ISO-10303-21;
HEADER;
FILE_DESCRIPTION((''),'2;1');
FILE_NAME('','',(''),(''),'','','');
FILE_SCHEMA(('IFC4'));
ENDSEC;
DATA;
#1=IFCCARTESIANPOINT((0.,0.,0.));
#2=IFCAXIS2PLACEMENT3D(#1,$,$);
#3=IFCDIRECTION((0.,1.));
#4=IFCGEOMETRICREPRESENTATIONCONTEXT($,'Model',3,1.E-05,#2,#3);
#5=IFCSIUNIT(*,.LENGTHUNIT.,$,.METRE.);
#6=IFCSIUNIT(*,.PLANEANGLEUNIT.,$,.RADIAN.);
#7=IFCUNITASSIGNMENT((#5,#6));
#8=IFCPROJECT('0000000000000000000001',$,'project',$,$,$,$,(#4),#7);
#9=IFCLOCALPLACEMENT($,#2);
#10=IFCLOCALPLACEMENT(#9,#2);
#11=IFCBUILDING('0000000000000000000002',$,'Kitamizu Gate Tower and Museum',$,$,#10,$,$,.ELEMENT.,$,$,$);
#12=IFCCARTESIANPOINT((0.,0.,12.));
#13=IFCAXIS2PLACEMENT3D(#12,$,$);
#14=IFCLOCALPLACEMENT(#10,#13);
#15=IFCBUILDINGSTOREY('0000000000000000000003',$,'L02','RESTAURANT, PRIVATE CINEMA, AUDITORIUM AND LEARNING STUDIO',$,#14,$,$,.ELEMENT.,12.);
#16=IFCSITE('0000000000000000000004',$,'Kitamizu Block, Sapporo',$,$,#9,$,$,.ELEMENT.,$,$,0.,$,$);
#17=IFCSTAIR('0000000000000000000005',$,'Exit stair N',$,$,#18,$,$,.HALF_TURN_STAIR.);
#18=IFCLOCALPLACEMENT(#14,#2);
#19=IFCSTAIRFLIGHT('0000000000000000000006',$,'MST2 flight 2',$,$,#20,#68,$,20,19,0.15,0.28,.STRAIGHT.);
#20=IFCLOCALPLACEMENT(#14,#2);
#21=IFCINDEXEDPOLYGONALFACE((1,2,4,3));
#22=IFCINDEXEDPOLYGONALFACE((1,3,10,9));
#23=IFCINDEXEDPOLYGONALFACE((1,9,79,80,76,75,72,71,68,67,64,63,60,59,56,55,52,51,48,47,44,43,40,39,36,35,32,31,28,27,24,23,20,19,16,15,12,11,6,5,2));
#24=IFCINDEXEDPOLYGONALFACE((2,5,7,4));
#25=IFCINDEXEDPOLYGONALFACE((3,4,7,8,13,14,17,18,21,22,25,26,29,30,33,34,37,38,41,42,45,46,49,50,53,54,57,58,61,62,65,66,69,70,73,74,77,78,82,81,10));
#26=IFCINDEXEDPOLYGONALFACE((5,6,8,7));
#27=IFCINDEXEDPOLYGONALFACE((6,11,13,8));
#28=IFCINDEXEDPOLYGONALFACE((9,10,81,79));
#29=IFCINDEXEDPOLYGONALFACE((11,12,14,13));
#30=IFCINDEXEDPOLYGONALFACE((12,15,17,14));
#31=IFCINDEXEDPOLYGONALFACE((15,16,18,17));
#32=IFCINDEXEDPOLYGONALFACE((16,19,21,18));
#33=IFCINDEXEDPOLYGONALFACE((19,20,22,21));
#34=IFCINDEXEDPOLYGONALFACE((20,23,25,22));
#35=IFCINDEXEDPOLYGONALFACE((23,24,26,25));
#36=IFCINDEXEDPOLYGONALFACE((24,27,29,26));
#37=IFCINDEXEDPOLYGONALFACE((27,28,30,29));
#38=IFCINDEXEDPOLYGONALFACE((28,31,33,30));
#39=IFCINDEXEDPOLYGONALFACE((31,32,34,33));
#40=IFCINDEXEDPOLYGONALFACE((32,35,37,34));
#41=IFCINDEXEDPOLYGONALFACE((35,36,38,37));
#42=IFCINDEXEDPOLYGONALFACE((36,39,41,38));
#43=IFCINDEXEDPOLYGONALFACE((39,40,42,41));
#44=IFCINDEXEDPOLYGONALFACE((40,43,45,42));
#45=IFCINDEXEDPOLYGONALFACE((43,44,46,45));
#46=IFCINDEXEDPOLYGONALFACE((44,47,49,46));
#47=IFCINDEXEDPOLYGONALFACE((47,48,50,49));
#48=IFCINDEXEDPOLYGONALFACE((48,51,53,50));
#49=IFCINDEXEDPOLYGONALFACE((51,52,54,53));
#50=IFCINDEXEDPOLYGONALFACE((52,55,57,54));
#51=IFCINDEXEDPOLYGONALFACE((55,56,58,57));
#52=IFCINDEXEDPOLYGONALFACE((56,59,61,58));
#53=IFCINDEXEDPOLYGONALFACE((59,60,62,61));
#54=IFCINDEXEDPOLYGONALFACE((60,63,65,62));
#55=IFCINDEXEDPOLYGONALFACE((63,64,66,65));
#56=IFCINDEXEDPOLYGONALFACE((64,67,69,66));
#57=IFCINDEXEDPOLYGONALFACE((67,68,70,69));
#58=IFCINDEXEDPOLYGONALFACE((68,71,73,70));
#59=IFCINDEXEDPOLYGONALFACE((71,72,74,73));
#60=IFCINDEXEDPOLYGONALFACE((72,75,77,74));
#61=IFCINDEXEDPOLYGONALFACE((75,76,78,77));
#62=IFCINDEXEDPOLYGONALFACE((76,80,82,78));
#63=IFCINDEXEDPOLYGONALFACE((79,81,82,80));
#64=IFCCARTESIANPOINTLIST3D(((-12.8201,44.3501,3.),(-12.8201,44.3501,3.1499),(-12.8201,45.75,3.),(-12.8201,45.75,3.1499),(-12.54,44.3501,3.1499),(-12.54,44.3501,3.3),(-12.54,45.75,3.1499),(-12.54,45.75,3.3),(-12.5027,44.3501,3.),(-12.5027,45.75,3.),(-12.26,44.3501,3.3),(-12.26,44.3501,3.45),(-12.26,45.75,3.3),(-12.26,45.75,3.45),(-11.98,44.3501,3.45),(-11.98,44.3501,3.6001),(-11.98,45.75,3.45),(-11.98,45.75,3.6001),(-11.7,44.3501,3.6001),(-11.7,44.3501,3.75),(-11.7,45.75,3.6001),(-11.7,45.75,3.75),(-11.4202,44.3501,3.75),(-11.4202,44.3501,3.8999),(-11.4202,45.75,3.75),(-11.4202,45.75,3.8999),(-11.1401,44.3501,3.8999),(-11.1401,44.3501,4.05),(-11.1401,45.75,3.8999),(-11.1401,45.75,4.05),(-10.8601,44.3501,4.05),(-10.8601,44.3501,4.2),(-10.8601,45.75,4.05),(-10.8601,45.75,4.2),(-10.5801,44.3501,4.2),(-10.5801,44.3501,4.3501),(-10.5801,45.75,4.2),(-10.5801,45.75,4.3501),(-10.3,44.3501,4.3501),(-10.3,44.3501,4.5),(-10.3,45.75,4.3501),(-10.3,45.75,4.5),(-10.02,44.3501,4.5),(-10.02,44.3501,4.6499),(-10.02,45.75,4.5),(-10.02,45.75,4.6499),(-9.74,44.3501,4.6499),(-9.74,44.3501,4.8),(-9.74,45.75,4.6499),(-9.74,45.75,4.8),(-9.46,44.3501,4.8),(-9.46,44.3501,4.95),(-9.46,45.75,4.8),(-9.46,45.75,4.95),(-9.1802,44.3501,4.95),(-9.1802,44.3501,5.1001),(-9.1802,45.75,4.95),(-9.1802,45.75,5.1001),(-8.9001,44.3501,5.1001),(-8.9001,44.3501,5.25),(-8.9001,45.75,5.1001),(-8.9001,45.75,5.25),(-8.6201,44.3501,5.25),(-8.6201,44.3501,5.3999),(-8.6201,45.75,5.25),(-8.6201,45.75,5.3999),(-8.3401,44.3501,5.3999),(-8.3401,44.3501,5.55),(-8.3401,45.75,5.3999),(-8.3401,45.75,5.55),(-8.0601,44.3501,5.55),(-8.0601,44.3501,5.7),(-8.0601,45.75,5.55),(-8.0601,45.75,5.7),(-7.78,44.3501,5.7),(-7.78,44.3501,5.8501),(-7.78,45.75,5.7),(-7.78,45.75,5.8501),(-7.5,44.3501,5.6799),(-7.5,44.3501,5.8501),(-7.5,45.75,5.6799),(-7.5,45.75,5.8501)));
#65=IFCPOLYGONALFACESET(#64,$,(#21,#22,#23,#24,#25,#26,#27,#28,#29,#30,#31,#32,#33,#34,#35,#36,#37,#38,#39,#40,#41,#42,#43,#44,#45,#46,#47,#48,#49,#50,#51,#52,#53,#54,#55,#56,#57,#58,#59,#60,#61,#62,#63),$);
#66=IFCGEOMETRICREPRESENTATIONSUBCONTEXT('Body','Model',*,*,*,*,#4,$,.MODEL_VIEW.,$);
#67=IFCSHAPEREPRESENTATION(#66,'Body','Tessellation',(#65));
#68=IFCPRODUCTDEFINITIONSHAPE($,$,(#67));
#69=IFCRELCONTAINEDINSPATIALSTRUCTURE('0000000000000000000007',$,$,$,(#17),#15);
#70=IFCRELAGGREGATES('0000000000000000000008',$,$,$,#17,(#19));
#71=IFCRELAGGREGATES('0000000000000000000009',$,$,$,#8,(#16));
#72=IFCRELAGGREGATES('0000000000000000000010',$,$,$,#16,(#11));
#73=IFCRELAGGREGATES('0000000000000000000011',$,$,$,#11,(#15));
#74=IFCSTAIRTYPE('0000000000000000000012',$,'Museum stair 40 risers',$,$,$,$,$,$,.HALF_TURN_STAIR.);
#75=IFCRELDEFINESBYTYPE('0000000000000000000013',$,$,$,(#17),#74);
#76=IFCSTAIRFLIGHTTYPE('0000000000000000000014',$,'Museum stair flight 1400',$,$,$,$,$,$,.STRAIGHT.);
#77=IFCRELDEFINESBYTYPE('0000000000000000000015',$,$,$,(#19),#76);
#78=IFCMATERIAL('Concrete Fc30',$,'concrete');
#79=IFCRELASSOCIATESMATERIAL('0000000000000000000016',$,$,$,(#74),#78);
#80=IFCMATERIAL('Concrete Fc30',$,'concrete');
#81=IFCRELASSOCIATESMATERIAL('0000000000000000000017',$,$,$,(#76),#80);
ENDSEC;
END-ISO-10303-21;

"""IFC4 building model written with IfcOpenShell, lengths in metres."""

from ifc_helpers import new_model, si_unit, direction, frame, origin, place, context, subcontext, project, spatial, polyline, outline, extrude, material, type_object, element, aggregate, save


model = new_model("IFC4")

# Units and contexts
model_context = context("Model", 3, precision=1e-05, world=origin(), true_north=direction((0.0, 1.0)))
body_context = subcontext(model_context, "Body", "Model", "MODEL_VIEW")
ifc_project = project(units=[si_unit("LENGTHUNIT", "METRE"), si_unit("PLANEANGLEUNIT", "RADIAN")], contexts=[model_context])

# Site, building, storey
site_placement = place(None, origin())
site = spatial("IfcSite", under=ifc_project, at=site_placement, Name="Kitamizu Block, Sapporo", CompositionType="ELEMENT", RefElevation=0.0)
building_placement = place(site_placement, origin())
building = spatial("IfcBuilding", under=site, at=building_placement, Name="Kitamizu Gate Tower and Museum", CompositionType="ELEMENT")
storey_placement = place(building_placement, frame((0.0, 0.0, 12.0)))
storey = spatial("IfcBuildingStorey", under=building, at=storey_placement, Name="L02", Description="RESTAURANT, PRIVATE CINEMA, AUDITORIUM AND LEARNING STUDIO", CompositionType="ELEMENT", Elevation=12.0)

# Stair, stair flight
ifc_material_1 = material(Name="Concrete Fc30", Category="concrete")
stair_type = type_object("IfcStairType", Name="Museum stair 40 risers", PredefinedType="HALF_TURN_STAIR", material=ifc_material_1)
stair_placement = place(storey_placement, origin())
stair = element("IfcStair", 1, at=stair_placement, inside=storey, type_object=stair_type, Name="Exit stair N", PredefinedType="HALF_TURN_STAIR")
ifc_material_2 = material(Name="Concrete Fc30", Category="concrete")
stair_flight_type = type_object("IfcStairFlightType", Name="Museum stair flight 1400", PredefinedType="STRAIGHT", material=ifc_material_2)
stair_flight_1_placement = place(storey_placement, frame((-12.8201, 45.05, 3.0), z_axis=(0.0, 0.0, 1.0), x_axis=(1.0, 0.0, 0.0)))
stair_flight_1 = element("IfcStairFlight", 2, at=stair_flight_1_placement, type_object=stair_flight_type, Name="MST2 flight 2", NumberOfRisers=20, NumberOfTreads=19, PredefinedType="STRAIGHT", RiserHeight=0.15, TreadLength=0.28, context=body_context, shape_type="SweptSolid", body=[
    extrude(outline(polyline([(0.0, 0.0), (0.0, 0.1499), (0.28, 0.1499), (0.28, 0.3), (0.5601, 0.3), (0.5601, 0.45), (0.8401, 0.45), (0.8401, 0.6001), (1.1201, 0.6001), (1.1201, 0.75), (1.3999, 0.75), (1.3999, 0.8999), (1.6799, 0.8999), (1.6799, 1.05), (1.96, 1.05), (1.96, 1.2), (2.24, 1.2), (2.24, 1.3501), (2.52, 1.3501), (2.52, 1.5), (2.8, 1.5), (2.8, 1.6499), (3.0801, 1.6499), (3.0801, 1.8), (3.3601, 1.8), (3.3601, 1.95), (3.6399, 1.95), (3.6399, 2.1001), (3.9199, 2.1001), (3.9199, 2.25), (4.2, 2.25), (4.2, 2.3999), (4.48, 2.3999), (4.48, 2.55), (4.76, 2.55), (4.76, 2.7), (5.04, 2.7), (5.04, 2.8501), (5.3201, 2.8501), (5.3201, 3.0), (5.3201, 2.6799), (0.3174, 0.0), (0.0, 0.0)])), frame((0.0, 0.7, 0.0), z_axis=(0.0, -1.0, 0.0), x_axis=(1.0, 0.0, 0.0)), (0.0, 0.0, 1.0), 1.3999),
])
aggregate(stair, [stair_flight_1])

save(model, "model.ifc")
